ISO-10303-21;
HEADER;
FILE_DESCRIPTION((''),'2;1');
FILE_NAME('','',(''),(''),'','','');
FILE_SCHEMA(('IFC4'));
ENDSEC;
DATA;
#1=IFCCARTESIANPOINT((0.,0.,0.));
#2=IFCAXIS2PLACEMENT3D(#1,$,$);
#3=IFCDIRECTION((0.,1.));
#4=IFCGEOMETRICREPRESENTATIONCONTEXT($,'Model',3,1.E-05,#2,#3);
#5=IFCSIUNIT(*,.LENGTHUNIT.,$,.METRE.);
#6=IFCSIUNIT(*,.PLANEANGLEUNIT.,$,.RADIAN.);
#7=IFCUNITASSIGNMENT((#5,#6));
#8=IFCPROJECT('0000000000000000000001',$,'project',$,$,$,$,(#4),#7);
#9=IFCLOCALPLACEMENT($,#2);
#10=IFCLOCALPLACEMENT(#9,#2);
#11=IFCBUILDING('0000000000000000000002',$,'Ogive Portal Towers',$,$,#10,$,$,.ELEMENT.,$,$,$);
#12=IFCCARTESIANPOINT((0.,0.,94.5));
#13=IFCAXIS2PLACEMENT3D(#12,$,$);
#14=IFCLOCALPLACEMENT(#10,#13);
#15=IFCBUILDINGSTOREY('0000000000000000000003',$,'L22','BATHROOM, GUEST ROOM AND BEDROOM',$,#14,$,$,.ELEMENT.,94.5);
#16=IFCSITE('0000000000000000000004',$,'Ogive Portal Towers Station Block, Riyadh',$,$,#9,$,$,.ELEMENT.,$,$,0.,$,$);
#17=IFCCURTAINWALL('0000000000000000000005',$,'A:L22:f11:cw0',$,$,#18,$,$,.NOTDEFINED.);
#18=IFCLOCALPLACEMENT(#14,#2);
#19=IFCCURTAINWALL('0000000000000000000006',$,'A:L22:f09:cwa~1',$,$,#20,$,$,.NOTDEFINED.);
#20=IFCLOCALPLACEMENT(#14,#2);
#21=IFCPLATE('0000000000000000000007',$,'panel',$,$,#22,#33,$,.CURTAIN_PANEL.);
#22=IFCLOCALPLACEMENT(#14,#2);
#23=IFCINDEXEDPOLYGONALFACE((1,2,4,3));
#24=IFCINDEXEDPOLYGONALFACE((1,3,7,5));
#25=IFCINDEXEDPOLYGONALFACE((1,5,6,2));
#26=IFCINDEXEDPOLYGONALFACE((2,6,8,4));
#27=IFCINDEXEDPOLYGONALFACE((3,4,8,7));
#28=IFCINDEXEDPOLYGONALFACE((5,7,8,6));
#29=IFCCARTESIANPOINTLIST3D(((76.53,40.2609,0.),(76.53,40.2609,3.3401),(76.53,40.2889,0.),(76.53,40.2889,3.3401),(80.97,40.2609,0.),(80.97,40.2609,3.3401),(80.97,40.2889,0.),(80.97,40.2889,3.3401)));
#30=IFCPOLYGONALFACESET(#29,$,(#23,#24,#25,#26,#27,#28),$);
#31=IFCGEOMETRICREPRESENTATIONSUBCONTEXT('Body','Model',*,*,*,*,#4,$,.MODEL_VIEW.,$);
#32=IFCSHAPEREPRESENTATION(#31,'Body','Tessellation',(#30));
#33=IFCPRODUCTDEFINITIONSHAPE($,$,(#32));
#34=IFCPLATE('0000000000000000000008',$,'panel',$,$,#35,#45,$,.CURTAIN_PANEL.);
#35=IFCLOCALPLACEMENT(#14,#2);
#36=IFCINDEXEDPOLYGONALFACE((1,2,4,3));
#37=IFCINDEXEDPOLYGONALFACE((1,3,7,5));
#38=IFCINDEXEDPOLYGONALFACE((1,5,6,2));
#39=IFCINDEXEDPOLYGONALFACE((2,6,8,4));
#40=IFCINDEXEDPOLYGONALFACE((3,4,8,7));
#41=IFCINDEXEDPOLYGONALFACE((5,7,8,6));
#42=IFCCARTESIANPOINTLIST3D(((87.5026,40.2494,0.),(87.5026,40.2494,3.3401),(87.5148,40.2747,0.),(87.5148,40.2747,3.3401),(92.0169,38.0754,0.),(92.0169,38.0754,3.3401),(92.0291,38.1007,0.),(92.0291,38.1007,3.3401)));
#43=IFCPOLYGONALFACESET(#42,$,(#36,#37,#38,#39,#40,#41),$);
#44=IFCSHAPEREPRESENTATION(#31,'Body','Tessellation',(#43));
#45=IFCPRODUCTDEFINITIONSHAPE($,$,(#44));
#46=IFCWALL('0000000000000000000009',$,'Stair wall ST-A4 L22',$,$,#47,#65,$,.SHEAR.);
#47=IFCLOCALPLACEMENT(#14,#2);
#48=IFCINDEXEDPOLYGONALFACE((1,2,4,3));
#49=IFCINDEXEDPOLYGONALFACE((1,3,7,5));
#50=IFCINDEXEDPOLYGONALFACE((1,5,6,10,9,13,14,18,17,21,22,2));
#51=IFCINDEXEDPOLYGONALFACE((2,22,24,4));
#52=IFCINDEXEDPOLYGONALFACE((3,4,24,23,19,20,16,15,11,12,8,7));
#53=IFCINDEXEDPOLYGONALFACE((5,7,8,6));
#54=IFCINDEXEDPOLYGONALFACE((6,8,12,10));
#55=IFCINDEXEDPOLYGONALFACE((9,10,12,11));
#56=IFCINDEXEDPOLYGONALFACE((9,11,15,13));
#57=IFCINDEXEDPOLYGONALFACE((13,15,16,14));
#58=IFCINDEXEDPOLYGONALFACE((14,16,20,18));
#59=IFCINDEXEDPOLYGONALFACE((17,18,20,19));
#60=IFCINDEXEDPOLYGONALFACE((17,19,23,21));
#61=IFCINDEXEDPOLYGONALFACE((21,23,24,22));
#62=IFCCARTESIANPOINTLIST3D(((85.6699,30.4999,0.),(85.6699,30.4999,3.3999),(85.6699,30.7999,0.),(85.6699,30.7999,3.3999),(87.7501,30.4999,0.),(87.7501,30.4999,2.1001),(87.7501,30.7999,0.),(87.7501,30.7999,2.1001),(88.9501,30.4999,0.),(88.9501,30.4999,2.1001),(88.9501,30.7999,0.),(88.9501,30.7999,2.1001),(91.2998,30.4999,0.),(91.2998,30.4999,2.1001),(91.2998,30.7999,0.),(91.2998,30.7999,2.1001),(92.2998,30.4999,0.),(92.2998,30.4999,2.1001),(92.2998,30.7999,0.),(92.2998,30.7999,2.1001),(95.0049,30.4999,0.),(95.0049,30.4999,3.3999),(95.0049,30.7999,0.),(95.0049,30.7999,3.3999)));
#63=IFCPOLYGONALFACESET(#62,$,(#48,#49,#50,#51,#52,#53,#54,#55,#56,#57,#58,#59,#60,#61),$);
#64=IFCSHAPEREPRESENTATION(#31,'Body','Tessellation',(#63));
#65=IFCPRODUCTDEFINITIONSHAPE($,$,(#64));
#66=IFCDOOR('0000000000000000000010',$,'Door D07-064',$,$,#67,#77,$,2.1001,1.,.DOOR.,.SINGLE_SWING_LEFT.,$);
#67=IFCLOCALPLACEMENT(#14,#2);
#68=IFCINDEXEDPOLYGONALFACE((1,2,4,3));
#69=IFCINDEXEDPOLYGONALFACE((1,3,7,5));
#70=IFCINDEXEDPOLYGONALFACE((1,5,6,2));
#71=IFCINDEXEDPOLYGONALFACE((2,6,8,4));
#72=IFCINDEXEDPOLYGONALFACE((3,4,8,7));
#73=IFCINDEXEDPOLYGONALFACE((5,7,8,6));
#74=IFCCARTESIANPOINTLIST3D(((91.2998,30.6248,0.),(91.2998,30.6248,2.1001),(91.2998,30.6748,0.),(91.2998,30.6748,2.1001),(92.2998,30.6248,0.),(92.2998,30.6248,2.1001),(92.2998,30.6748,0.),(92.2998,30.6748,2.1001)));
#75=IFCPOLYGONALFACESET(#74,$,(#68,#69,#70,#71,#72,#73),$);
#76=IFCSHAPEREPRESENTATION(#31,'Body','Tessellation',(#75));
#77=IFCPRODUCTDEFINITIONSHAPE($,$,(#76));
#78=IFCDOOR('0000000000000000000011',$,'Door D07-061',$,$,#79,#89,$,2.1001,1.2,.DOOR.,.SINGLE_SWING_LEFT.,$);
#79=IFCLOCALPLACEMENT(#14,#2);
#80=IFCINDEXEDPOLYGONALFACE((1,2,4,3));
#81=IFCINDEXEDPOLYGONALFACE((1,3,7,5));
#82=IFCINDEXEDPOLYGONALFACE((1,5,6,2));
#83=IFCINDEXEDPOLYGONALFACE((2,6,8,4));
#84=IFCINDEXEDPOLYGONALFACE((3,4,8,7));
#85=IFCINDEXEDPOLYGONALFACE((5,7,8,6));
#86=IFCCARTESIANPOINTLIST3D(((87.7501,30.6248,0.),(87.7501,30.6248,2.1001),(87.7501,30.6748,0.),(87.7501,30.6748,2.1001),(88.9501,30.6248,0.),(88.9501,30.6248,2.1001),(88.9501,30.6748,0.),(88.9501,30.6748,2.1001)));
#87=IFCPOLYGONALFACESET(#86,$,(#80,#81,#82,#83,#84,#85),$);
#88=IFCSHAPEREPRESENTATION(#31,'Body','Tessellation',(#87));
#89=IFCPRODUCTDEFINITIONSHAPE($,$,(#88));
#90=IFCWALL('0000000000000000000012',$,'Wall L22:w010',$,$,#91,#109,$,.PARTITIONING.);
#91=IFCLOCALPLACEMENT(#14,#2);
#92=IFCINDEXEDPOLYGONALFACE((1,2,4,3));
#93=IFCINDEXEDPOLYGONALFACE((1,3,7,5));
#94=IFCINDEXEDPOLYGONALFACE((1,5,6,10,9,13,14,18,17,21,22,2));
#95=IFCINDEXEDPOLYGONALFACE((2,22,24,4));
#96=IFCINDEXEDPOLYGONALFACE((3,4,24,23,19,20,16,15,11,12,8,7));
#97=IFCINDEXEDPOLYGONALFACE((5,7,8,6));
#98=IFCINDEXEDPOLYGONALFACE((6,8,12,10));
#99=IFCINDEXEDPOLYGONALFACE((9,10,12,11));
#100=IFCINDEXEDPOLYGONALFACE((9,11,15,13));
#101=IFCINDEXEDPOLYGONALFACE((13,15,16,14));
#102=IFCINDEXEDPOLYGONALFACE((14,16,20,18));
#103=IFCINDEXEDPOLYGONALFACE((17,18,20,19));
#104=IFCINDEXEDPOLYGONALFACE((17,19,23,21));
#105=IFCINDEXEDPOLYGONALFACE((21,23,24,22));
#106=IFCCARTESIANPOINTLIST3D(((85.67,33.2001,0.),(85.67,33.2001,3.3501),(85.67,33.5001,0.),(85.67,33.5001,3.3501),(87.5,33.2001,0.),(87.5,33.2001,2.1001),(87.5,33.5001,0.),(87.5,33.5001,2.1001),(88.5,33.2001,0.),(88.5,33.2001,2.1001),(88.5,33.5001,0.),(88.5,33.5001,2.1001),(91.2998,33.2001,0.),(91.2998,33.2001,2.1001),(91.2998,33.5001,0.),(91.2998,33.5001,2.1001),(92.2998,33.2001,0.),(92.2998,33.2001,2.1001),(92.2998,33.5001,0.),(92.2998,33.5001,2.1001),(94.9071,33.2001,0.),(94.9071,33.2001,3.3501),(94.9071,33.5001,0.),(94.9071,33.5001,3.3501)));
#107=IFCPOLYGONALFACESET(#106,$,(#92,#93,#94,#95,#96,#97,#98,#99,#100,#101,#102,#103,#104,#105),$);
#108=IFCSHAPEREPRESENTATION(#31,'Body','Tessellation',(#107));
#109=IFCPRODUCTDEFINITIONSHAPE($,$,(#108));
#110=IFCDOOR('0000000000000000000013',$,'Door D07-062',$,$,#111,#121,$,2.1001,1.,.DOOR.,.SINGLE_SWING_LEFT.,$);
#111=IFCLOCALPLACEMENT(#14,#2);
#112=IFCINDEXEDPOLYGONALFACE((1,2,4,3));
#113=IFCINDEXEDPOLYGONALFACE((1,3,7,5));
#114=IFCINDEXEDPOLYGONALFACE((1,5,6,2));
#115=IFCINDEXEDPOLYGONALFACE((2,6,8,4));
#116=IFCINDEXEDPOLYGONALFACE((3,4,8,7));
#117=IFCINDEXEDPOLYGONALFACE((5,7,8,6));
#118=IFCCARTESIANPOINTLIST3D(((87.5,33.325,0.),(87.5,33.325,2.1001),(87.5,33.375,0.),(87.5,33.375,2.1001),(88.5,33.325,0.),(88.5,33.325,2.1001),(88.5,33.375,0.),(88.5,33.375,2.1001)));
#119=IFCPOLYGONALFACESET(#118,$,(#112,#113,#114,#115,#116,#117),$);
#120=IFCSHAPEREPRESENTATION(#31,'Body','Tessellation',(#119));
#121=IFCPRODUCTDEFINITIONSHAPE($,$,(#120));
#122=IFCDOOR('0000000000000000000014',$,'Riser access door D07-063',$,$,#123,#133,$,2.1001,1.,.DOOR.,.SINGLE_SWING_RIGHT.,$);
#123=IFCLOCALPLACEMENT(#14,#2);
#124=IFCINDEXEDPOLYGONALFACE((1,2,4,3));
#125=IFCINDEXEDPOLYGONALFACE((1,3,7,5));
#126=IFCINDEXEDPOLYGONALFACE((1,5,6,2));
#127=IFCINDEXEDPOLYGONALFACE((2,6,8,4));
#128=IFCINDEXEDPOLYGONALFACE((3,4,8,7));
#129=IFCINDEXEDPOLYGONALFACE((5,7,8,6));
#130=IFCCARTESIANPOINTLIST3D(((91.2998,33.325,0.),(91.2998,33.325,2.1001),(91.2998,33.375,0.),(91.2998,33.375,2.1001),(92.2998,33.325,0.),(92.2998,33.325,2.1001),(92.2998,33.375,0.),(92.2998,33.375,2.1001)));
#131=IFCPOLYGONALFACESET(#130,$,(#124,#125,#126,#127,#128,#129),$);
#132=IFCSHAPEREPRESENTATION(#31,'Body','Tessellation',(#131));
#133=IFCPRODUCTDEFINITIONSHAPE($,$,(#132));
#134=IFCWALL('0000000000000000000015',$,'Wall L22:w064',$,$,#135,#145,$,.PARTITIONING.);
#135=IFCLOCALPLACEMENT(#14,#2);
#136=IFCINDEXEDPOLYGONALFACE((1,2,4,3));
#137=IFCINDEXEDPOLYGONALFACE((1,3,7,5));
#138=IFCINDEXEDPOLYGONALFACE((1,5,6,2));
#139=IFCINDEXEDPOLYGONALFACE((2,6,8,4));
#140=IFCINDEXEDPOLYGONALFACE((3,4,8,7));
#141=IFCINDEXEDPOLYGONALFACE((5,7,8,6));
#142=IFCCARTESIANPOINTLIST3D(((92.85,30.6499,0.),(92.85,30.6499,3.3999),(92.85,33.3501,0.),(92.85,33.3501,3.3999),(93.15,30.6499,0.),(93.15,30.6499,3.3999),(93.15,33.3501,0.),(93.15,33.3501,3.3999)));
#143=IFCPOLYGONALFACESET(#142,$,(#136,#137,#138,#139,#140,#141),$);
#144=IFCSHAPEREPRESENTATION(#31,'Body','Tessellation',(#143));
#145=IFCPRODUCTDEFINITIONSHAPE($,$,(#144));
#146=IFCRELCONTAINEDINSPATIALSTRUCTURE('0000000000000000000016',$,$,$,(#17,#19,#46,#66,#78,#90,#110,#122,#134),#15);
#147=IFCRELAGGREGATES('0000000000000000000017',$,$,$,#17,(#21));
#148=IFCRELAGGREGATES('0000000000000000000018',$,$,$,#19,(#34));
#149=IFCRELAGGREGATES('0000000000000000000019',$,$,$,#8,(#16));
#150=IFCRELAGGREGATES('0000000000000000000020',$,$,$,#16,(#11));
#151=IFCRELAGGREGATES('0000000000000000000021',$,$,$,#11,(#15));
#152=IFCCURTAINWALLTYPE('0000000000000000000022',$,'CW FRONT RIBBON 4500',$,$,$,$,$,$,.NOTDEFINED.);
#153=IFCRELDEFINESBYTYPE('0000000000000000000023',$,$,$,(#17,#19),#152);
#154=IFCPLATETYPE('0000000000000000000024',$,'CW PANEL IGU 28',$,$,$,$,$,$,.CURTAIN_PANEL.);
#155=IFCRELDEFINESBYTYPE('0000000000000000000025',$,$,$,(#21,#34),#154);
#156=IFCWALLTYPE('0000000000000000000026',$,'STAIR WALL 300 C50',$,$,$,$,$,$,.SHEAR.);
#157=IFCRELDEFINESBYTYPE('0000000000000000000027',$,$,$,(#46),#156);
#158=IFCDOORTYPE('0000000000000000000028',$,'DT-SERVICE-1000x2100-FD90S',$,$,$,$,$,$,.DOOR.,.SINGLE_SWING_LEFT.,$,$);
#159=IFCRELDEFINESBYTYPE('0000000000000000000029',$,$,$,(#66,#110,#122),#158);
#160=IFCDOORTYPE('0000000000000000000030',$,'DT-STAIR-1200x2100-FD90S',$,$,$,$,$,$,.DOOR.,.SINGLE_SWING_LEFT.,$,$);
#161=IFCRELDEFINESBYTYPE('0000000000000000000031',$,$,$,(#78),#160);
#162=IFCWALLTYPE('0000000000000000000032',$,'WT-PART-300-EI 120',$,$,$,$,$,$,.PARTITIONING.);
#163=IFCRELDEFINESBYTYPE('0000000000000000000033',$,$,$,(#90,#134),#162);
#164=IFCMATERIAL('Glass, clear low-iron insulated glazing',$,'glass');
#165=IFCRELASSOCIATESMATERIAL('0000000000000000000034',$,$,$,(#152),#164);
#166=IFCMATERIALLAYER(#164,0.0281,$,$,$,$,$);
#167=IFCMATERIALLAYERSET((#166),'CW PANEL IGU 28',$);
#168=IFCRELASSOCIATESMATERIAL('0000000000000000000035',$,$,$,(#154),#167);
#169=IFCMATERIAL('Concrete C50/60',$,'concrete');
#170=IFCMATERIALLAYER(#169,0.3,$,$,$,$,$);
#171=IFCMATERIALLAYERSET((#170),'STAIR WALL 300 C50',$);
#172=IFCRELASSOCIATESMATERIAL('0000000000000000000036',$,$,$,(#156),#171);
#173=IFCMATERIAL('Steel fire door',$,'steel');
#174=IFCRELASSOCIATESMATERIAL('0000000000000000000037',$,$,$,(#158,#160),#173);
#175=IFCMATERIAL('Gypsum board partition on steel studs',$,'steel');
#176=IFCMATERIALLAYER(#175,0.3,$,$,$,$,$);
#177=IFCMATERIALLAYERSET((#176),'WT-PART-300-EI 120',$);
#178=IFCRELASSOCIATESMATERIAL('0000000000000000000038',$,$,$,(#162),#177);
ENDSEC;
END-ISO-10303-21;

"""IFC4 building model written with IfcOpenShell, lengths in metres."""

from ifc_helpers import new_model, si_unit, direction, frame, frame_2d, origin, origin_2d, place, context, subcontext, project, spatial, rectangle, extrude, material, layer, layer_set, type_object, element, fill, aggregate, save


model = new_model("IFC4")

# Units and contexts
model_context = context("Model", 3, precision=1e-05, world=origin(), true_north=direction((0.0, 1.0)))
body_context = subcontext(model_context, "Body", "Model", "MODEL_VIEW")
ifc_project = project(units=[si_unit("LENGTHUNIT", "METRE"), si_unit("PLANEANGLEUNIT", "RADIAN")], contexts=[model_context])

# Site, building, storey
site_placement = place(None, origin())
site = spatial("IfcSite", under=ifc_project, at=site_placement, Name="Ogive Portal Towers Station Block, Riyadh", CompositionType="ELEMENT", RefElevation=0.0)
building_placement = place(site_placement, origin())
building = spatial("IfcBuilding", under=site, at=building_placement, Name="Ogive Portal Towers", CompositionType="ELEMENT")
storey_placement = place(building_placement, frame((0.0, 0.0, 94.5)))
storey = spatial("IfcBuildingStorey", under=building, at=storey_placement, Name="L22", Description="BATHROOM, GUEST ROOM AND BEDROOM", CompositionType="ELEMENT", Elevation=94.5)

# Curtain wall
ifc_material_1 = material(Name="Glass, clear low-iron insulated glazing", Category="glass")
curtain_wall_type = type_object("IfcCurtainWallType", Name="CW FRONT RIBBON 4500", PredefinedType="NOTDEFINED", material=ifc_material_1)
curtain_wall_1_placement = place(storey_placement, origin())
curtain_wall_1 = element("IfcCurtainWall", 1, at=curtain_wall_1_placement, inside=storey, type_object=curtain_wall_type, Name="A:L22:f11:cw0", PredefinedType="NOTDEFINED")

# Curtain wall
curtain_wall_2_placement = place(storey_placement, origin())
curtain_wall_2 = element("IfcCurtainWall", 2, at=curtain_wall_2_placement, inside=storey, type_object=curtain_wall_type, Name="A:L22:f09:cwa~1", PredefinedType="NOTDEFINED")

# Plates
ifc_layer_1 = layer(ifc_material_1, 0.0281)
ifc_layer_set_1 = layer_set([ifc_layer_1], Name="CW PANEL IGU 28")
plate_type = type_object("IfcPlateType", Name="CW PANEL IGU 28", PredefinedType="CURTAIN_PANEL", material=ifc_layer_set_1)
plate_1_placement = place(storey_placement, frame((78.75, 40.2749, 0.0), z_axis=(0.0, 0.0, 1.0), x_axis=(-1.0, 0.0, 0.0)))
plate_1 = element("IfcPlate", 3, at=plate_1_placement, type_object=plate_type, Name="panel", PredefinedType="CURTAIN_PANEL", context=body_context, shape_type="SweptSolid", body=[
    extrude(rectangle(XDim=4.4399, YDim=0.0281, at=origin_2d()), origin(), (0.0, 0.0, 1.0), 3.3401),
])
aggregate(curtain_wall_1, [plate_1])
plate_2_placement = place(storey_placement, frame((89.7659, 39.175, 0.0), z_axis=(0.0, 0.0, 1.0), x_axis=(-0.900969, 0.433884, 0.0)))
plate_2 = element("IfcPlate", 4, at=plate_2_placement, type_object=plate_type, Name="panel", PredefinedType="CURTAIN_PANEL", context=body_context, shape_type="SweptSolid", body=[
    extrude(rectangle(XDim=5.0105, YDim=0.0281, at=origin_2d()), origin(), (0.0, 0.0, 1.0), 3.3401),
])
aggregate(curtain_wall_2, [plate_2])

# Walls, openings, doors
ifc_material_2 = material(Name="Concrete C50/60", Category="concrete")
ifc_layer_2 = layer(ifc_material_2, 0.3)
ifc_layer_set_2 = layer_set([ifc_layer_2], Name="STAIR WALL 300 C50")
wall_type_1 = type_object("IfcWallType", Name="STAIR WALL 300 C50", PredefinedType="SHEAR", material=ifc_layer_set_2)
wall_1_placement = place(storey_placement, frame((85.6699, 30.6499, 0.0), z_axis=(0.0, 0.0, 1.0), x_axis=(1.0, 0.0, 0.0)))
wall_1 = element("IfcWall", 5, at=wall_1_placement, inside=storey, type_object=wall_type_1, Name="Stair wall ST-A4 L22", PredefinedType="SHEAR", context=body_context, shape_type="SweptSolid", body=[
    extrude(rectangle(XDim=9.335, YDim=0.3, at=frame_2d((4.6675, 0.0))), origin(), (0.0, 0.0, 1.0), 3.3999),
])
opening_1_placement = place(wall_1_placement, frame((2.0801, 0.0, 0.0)))
opening_1 = element("IfcOpeningElement", 6, at=opening_1_placement, cuts=wall_1, PredefinedType="OPENING", context=body_context, shape_type="SweptSolid", body=[
    extrude(rectangle(XDim=1.2, YDim=2.1001, at=frame_2d((0.6001, 1.05))), frame((0.0, 0.1602, 0.0), z_axis=(0.0, -1.0, 0.0), x_axis=(1.0, 0.0, 0.0)), (0.0, 0.0, 1.0), 0.3201),
])
opening_2_placement = place(wall_1_placement, frame((5.6299, 0.0, 0.0)))
opening_2 = element("IfcOpeningElement", 7, at=opening_2_placement, cuts=wall_1, PredefinedType="OPENING", context=body_context, shape_type="SweptSolid", body=[
    extrude(rectangle(XDim=1.0, YDim=2.1001, at=frame_2d((0.5, 1.05))), frame((0.0, 0.1602, 0.0), z_axis=(0.0, -1.0, 0.0), x_axis=(1.0, 0.0, 0.0)), (0.0, 0.0, 1.0), 0.3201),
])
ifc_material_3 = material(Name="Steel fire door", Category="steel")
door_type_1 = type_object("IfcDoorType", Name="DT-SERVICE-1000x2100-FD90S", OperationType="SINGLE_SWING_LEFT", PredefinedType="DOOR", material=ifc_material_3)
door_1_placement = place(opening_2_placement, origin())
door_1 = element("IfcDoor", 8, at=door_1_placement, inside=storey, type_object=door_type_1, Name="Door D07-064", OperationType="SINGLE_SWING_LEFT", OverallHeight=2.1001, OverallWidth=1.0, PredefinedType="DOOR", context=body_context, shape_type="SweptSolid", body=[
    extrude(rectangle(XDim=1.0, YDim=2.1001, at=frame_2d((0.5, 1.05))), frame((0.0, 0.0249, 0.0), z_axis=(0.0, -1.0, 0.0), x_axis=(1.0, 0.0, 0.0)), (0.0, 0.0, 1.0), 0.05),
])
fill(opening_2, door_1)
door_type_2 = type_object("IfcDoorType", Name="DT-STAIR-1200x2100-FD90S", OperationType="SINGLE_SWING_LEFT", PredefinedType="DOOR", material=ifc_material_3)
door_2_placement = place(opening_1_placement, origin())
door_2 = element("IfcDoor", 9, at=door_2_placement, inside=storey, type_object=door_type_2, Name="Door D07-061", OperationType="SINGLE_SWING_LEFT", OverallHeight=2.1001, OverallWidth=1.2, PredefinedType="DOOR", context=body_context, shape_type="SweptSolid", body=[
    extrude(rectangle(XDim=1.2, YDim=2.1001, at=frame_2d((0.6001, 1.05))), frame((0.0, 0.0249, 0.0), z_axis=(0.0, -1.0, 0.0), x_axis=(1.0, 0.0, 0.0)), (0.0, 0.0, 1.0), 0.05),
])
fill(opening_1, door_2)
ifc_material_4 = material(Name="Gypsum board partition on steel studs", Category="steel")
ifc_layer_3 = layer(ifc_material_4, 0.3)
ifc_layer_set_3 = layer_set([ifc_layer_3], Name="WT-PART-300-EI 120")
wall_type_2 = type_object("IfcWallType", Name="WT-PART-300-EI 120", PredefinedType="PARTITIONING", material=ifc_layer_set_3)
wall_2_placement = place(storey_placement, frame((85.6699, 33.3501, 0.0), z_axis=(0.0, 0.0, 1.0), x_axis=(1.0, 0.0, 0.0)))
wall_2 = element("IfcWall", 10, at=wall_2_placement, inside=storey, type_object=wall_type_2, Name="Wall L22:w010", PredefinedType="PARTITIONING", context=body_context, shape_type="SweptSolid", body=[
    extrude(rectangle(XDim=9.2371, YDim=0.3, at=frame_2d((4.6187, 0.0))), origin(), (0.0, 0.0, 1.0), 3.3501),
])
opening_3_placement = place(wall_2_placement, frame((1.8301, 0.0, 0.0)))
opening_3 = element("IfcOpeningElement", 11, at=opening_3_placement, cuts=wall_2, PredefinedType="OPENING", context=body_context, shape_type="SweptSolid", body=[
    extrude(rectangle(XDim=1.0, YDim=2.1001, at=frame_2d((0.5, 1.05))), frame((0.0, 0.1602, 0.0), z_axis=(0.0, -1.0, 0.0), x_axis=(1.0, 0.0, 0.0)), (0.0, 0.0, 1.0), 0.3201),
])
opening_4_placement = place(wall_2_placement, frame((5.6299, 0.0, 0.0)))
opening_4 = element("IfcOpeningElement", 12, at=opening_4_placement, cuts=wall_2, PredefinedType="OPENING", context=body_context, shape_type="SweptSolid", body=[
    extrude(rectangle(XDim=1.0, YDim=2.1001, at=frame_2d((0.5, 1.05))), frame((0.0, 0.1602, 0.0), z_axis=(0.0, -1.0, 0.0), x_axis=(1.0, 0.0, 0.0)), (0.0, 0.0, 1.0), 0.3201),
])
door_3_placement = place(opening_3_placement, origin())
door_3 = element("IfcDoor", 13, at=door_3_placement, inside=storey, type_object=door_type_1, Name="Door D07-062", OperationType="SINGLE_SWING_LEFT", OverallHeight=2.1001, OverallWidth=1.0, PredefinedType="DOOR", context=body_context, shape_type="SweptSolid", body=[
    extrude(rectangle(XDim=1.0, YDim=2.1001, at=frame_2d((0.5, 1.05))), frame((0.0, 0.0249, 0.0), z_axis=(0.0, -1.0, 0.0), x_axis=(1.0, 0.0, 0.0)), (0.0, 0.0, 1.0), 0.05),
])
fill(opening_3, door_3)
door_4_placement = place(opening_4_placement, origin())
door_4 = element("IfcDoor", 14, at=door_4_placement, inside=storey, type_object=door_type_1, Name="Riser access door D07-063", OperationType="SINGLE_SWING_RIGHT", OverallHeight=2.1001, OverallWidth=1.0, PredefinedType="DOOR", context=body_context, shape_type="SweptSolid", body=[
    extrude(rectangle(XDim=1.0, YDim=2.1001, at=frame_2d((0.5, 1.05))), frame((0.0, 0.0249, 0.0), z_axis=(0.0, -1.0, 0.0), x_axis=(1.0, 0.0, 0.0)), (0.0, 0.0, 1.0), 0.05),
])
fill(opening_4, door_4)

# Wall
wall_3_placement = place(storey_placement, frame((93.0, 30.6499, 0.0), z_axis=(0.0, 0.0, 1.0), x_axis=(0.0, 1.0, 0.0)))
element("IfcWall", 15, at=wall_3_placement, inside=storey, type_object=wall_type_2, Name="Wall L22:w064", PredefinedType="PARTITIONING", context=body_context, shape_type="SweptSolid", body=[
    extrude(rectangle(XDim=2.7002, YDim=0.3, at=frame_2d((1.3501, 0.0))), origin(), (0.0, 0.0, 1.0), 3.3999),
])

save(model, "model.ifc")
